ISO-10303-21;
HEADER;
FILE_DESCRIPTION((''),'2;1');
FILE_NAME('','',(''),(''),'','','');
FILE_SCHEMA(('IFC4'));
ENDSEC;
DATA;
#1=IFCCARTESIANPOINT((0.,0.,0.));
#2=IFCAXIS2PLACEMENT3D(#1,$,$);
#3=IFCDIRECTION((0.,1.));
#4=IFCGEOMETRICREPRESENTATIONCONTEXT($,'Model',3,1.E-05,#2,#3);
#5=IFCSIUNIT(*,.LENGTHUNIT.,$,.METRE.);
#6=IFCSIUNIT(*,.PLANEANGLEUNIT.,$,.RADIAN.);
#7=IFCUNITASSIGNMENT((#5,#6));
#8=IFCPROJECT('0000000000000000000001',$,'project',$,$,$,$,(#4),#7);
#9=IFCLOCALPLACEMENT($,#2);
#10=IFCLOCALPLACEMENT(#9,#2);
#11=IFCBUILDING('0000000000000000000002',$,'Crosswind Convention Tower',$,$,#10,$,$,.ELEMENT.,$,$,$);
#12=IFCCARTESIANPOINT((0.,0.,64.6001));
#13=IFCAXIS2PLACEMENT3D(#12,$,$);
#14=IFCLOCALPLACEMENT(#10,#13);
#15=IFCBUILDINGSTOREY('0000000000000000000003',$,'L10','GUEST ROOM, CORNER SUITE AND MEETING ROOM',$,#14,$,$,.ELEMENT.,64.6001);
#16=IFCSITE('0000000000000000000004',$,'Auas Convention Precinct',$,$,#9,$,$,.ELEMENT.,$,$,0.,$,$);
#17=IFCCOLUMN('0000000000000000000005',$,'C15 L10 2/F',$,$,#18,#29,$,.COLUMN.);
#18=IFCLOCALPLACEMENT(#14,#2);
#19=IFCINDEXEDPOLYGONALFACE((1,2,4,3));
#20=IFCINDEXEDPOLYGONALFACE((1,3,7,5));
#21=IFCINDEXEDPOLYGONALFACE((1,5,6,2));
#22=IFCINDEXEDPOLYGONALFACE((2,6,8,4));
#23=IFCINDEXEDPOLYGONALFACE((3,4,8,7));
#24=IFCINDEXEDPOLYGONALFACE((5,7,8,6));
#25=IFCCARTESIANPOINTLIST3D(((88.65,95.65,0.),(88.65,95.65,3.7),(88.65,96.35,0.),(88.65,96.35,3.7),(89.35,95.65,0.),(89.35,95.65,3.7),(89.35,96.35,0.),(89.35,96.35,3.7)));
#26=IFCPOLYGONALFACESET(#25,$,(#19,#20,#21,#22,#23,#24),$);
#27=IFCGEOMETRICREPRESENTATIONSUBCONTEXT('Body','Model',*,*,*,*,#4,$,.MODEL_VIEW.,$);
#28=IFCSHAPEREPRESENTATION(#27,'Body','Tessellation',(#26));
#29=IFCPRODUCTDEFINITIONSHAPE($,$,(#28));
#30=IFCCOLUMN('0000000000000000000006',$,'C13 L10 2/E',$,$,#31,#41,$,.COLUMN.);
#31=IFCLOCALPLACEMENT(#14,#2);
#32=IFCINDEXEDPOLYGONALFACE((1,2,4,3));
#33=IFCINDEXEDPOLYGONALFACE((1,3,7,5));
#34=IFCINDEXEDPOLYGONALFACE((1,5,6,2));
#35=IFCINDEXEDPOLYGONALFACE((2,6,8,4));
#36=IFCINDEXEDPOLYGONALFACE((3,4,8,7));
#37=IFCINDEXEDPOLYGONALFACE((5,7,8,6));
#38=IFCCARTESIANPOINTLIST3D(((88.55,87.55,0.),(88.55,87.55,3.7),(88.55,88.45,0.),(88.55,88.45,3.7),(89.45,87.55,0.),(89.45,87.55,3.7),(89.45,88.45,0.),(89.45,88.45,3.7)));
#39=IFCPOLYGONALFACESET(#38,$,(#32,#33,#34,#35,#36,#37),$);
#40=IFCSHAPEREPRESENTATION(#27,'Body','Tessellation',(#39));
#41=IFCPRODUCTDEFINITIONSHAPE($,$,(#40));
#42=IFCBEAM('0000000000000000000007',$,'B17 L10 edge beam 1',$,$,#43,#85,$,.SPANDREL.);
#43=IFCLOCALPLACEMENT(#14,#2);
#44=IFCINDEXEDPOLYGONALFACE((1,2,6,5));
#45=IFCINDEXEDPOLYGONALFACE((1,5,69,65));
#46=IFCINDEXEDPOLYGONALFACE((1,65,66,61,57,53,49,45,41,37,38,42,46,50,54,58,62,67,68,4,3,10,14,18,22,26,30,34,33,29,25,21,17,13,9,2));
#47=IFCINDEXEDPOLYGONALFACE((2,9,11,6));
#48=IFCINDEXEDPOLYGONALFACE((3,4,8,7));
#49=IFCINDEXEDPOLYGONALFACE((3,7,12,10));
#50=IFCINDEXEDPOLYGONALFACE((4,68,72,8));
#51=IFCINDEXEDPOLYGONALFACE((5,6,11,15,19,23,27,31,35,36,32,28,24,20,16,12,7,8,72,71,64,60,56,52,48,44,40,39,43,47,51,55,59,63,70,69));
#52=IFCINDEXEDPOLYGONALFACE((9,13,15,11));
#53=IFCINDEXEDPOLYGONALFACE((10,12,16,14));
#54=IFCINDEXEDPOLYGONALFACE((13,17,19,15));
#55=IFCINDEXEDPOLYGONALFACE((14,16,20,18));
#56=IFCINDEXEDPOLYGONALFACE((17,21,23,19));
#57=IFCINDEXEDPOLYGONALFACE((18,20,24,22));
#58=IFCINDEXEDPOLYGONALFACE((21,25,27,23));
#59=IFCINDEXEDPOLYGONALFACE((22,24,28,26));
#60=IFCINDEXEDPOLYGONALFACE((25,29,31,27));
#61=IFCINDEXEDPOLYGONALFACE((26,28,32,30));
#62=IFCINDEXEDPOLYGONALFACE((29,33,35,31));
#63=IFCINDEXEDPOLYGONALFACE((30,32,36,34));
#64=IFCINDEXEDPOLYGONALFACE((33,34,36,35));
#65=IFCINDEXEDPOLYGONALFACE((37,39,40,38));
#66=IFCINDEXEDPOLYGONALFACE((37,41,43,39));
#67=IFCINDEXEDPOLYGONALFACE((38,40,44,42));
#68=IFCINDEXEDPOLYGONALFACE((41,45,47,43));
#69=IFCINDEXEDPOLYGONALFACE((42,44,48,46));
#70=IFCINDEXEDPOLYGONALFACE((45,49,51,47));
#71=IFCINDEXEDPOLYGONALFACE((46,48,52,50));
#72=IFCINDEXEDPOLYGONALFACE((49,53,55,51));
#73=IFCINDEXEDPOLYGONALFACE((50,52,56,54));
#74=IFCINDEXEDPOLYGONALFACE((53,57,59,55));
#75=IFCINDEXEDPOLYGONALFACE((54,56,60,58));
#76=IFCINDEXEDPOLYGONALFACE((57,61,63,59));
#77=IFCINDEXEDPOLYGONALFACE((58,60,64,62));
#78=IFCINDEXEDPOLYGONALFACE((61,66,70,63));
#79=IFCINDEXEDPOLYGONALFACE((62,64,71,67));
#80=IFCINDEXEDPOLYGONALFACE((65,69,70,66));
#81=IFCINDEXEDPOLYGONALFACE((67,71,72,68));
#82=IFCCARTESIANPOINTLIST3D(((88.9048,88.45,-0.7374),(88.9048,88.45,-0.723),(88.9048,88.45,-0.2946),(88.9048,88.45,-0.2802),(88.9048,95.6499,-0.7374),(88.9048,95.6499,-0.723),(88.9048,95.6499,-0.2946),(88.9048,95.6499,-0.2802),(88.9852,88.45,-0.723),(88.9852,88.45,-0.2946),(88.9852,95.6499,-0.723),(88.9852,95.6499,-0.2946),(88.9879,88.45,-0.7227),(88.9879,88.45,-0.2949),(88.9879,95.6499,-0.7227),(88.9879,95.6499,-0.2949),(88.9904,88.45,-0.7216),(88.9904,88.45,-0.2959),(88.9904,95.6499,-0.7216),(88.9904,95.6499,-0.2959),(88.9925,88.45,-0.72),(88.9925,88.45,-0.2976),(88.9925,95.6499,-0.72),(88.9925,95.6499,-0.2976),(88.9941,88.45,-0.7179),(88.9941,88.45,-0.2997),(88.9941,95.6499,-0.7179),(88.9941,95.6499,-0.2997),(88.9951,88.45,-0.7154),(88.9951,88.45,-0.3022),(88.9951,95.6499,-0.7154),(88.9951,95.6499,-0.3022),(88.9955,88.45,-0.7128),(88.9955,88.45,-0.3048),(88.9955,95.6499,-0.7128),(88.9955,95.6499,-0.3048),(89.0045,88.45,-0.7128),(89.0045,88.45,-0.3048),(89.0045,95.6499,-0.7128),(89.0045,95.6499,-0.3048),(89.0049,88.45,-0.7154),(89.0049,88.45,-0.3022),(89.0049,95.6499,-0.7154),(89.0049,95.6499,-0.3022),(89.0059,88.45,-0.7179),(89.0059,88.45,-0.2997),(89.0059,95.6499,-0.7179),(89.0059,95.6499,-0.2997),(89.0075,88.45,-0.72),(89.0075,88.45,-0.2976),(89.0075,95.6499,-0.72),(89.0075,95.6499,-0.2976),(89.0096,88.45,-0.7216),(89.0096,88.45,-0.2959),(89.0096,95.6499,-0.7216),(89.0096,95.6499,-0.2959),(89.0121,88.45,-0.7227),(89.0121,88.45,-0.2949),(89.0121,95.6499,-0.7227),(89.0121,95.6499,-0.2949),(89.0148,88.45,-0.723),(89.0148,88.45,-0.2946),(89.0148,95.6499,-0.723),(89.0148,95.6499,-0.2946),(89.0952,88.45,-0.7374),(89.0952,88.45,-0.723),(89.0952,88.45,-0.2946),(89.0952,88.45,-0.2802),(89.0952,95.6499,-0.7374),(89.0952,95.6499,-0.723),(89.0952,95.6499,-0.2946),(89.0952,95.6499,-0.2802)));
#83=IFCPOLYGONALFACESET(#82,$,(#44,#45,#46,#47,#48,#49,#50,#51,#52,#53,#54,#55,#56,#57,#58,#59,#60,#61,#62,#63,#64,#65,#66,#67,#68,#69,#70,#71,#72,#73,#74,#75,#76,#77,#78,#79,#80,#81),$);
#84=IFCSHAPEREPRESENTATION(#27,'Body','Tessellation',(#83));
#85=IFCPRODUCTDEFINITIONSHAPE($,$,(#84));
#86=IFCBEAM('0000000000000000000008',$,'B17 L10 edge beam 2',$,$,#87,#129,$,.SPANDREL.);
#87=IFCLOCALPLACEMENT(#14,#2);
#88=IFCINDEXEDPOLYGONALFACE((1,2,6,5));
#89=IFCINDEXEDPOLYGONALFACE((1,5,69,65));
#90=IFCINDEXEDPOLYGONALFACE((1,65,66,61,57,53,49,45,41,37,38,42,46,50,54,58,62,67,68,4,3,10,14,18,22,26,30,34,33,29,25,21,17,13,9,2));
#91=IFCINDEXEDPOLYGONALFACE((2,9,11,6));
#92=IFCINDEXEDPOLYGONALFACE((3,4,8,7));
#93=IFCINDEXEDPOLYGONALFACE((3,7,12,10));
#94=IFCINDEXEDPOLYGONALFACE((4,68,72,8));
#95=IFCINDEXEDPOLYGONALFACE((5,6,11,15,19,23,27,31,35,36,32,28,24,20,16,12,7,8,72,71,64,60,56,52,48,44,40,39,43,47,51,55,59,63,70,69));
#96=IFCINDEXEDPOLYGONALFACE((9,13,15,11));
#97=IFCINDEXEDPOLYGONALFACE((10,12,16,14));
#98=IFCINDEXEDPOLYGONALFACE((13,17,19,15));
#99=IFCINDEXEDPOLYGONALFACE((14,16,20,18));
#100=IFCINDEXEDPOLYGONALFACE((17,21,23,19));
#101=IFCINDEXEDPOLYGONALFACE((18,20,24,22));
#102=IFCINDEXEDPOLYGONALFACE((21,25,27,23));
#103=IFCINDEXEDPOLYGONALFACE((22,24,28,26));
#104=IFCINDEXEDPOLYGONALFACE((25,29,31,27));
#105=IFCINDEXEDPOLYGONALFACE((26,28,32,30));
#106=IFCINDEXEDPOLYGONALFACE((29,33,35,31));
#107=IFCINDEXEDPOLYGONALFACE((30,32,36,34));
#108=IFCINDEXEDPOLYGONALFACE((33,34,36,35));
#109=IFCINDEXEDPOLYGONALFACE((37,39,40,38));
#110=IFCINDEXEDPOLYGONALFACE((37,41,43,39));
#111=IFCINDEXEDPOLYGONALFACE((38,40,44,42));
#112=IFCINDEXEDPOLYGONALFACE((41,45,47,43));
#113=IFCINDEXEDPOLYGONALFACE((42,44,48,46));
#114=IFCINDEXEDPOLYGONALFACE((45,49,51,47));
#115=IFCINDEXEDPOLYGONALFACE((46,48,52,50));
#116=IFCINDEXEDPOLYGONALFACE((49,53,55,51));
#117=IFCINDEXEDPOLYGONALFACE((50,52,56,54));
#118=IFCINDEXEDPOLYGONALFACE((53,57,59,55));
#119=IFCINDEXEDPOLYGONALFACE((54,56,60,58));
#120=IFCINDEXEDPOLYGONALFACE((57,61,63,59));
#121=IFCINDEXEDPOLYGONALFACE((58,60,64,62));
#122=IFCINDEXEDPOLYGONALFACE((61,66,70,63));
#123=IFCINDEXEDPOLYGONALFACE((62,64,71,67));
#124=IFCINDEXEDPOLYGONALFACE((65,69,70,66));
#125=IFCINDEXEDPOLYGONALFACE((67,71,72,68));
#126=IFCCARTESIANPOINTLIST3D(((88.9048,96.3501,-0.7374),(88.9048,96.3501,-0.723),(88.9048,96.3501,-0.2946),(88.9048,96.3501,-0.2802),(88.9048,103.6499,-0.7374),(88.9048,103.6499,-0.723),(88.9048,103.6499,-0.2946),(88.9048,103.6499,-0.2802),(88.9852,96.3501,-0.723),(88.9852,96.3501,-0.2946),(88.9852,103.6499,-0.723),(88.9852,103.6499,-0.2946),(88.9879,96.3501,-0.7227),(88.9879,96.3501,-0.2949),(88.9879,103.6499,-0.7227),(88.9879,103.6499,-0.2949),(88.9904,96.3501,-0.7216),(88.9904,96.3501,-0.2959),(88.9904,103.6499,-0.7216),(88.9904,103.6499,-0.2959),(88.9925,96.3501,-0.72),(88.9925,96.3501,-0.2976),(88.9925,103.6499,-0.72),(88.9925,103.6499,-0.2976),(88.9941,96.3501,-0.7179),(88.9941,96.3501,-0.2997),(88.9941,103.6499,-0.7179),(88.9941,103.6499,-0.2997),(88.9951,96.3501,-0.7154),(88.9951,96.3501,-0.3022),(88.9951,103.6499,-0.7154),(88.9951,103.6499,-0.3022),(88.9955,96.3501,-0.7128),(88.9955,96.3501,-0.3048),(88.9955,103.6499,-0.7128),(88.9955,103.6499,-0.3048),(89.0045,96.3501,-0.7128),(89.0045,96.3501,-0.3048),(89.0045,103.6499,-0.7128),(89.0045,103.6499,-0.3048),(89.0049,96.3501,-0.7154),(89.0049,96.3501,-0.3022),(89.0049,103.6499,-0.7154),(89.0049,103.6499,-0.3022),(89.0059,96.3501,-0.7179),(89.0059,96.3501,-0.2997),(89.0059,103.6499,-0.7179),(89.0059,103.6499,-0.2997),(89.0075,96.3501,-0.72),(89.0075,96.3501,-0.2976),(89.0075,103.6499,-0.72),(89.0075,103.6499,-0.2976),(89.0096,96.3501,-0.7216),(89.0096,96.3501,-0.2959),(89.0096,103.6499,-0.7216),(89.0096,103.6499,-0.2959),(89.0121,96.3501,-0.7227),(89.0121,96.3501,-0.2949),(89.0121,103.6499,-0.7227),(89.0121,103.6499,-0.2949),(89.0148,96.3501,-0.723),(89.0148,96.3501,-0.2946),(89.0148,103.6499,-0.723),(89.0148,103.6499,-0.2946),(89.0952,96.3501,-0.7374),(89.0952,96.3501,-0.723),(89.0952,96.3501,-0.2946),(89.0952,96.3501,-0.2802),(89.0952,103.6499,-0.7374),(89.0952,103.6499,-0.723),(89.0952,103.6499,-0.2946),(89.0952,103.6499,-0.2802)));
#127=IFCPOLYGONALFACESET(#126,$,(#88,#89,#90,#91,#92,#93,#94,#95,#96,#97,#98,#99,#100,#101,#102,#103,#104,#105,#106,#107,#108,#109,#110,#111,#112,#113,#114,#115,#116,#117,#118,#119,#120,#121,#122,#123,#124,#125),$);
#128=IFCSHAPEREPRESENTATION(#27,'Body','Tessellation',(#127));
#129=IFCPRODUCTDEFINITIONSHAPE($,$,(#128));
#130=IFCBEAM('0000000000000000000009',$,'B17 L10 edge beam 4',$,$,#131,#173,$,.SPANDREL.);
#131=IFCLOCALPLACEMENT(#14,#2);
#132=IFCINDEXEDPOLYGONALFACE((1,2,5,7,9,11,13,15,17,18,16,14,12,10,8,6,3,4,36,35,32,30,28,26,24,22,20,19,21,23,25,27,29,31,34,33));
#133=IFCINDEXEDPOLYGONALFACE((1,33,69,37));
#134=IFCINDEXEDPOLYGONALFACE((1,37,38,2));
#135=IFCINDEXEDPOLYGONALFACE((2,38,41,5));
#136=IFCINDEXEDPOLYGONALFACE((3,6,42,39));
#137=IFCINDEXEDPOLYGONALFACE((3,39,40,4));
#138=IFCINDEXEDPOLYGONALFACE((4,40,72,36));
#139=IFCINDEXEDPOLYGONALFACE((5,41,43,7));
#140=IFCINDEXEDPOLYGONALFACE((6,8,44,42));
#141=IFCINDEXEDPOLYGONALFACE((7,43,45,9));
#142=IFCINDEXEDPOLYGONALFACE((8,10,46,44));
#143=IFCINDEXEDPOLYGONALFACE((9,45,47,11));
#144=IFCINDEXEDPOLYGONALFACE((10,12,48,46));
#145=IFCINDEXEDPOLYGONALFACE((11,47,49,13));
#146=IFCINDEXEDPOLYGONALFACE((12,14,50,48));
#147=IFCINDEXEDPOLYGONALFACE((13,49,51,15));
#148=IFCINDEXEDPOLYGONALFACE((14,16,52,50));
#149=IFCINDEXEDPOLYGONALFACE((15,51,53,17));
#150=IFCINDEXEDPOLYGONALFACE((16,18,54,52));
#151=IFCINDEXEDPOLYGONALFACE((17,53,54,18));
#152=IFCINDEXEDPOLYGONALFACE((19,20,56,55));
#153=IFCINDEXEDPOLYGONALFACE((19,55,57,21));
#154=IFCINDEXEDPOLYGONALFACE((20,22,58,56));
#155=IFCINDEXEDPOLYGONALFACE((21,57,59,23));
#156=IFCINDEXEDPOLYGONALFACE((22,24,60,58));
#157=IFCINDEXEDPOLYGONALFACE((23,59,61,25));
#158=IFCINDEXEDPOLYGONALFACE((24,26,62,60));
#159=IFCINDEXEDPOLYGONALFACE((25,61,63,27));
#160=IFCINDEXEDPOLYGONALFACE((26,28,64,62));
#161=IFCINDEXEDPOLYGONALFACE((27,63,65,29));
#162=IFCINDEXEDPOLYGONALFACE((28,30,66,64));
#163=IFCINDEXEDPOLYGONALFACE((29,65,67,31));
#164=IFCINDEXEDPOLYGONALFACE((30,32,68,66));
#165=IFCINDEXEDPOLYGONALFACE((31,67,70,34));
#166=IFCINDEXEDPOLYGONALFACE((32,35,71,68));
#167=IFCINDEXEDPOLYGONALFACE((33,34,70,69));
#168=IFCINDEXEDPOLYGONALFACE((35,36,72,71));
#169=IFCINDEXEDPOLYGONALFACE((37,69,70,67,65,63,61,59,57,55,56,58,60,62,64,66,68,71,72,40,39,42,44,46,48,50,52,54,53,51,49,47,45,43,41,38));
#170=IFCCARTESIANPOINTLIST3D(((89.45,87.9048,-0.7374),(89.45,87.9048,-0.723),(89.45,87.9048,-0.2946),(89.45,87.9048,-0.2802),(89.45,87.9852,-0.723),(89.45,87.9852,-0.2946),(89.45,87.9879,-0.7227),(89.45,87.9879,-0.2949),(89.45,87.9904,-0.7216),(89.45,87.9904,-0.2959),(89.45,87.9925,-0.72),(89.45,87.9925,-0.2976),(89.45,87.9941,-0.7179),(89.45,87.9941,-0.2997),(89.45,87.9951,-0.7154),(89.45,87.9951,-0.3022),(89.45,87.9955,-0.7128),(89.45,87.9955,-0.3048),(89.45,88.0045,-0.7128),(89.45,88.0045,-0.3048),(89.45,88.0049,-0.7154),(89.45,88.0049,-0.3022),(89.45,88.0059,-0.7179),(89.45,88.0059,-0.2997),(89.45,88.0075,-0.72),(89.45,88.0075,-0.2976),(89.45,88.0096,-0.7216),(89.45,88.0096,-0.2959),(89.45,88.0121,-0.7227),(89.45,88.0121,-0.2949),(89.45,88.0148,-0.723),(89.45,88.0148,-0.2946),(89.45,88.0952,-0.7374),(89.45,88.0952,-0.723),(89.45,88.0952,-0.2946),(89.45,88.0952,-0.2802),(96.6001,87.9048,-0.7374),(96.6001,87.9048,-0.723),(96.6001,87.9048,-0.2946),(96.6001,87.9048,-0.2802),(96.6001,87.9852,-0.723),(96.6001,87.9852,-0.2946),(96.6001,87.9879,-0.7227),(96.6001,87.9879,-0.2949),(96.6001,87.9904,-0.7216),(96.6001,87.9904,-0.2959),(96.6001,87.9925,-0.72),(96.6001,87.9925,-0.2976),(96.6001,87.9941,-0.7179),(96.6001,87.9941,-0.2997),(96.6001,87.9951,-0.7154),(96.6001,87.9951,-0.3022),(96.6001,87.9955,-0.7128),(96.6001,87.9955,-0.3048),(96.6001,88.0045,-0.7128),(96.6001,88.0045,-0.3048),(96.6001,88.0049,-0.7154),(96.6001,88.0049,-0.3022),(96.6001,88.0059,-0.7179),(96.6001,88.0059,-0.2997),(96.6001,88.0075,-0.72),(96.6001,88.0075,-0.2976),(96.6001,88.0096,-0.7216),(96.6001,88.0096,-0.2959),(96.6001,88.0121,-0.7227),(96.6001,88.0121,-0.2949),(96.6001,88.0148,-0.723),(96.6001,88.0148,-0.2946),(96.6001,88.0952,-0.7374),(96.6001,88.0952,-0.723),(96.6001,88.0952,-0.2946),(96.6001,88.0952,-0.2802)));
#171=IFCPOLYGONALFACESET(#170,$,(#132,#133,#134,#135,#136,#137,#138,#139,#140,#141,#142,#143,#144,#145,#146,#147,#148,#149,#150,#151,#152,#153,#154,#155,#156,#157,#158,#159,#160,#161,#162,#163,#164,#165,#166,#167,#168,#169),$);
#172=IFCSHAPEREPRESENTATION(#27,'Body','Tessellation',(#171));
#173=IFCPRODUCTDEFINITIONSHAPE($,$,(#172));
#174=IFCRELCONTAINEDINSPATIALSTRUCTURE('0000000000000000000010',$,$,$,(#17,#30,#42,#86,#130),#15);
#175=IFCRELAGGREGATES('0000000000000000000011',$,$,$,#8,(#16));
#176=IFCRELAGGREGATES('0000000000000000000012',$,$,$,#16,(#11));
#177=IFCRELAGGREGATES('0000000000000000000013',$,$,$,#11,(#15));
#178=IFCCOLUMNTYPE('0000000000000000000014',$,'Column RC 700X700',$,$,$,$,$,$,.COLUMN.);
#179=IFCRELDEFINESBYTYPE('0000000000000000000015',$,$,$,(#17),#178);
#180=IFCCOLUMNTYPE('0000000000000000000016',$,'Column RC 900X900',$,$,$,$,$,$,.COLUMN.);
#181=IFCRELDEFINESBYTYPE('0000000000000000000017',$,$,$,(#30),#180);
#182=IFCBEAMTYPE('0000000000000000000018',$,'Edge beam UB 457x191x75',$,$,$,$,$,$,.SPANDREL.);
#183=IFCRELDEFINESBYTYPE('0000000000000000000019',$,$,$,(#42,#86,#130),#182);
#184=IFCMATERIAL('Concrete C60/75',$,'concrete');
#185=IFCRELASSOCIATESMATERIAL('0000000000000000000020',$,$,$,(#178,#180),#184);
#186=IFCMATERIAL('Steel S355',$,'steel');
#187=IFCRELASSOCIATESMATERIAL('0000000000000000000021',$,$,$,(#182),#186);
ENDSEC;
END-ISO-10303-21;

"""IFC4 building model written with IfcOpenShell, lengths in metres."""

from ifc_helpers import new_model, si_unit, direction, frame, origin, origin_2d, place, context, subcontext, project, spatial, rectangle, i_section, extrude, material, material_profile, profile_set, type_object, element, save


model = new_model("IFC4")

# Units and contexts
model_context = context("Model", 3, precision=1e-05, world=origin(), true_north=direction((0.0, 1.0)))
body_context = subcontext(model_context, "Body", "Model", "MODEL_VIEW")
ifc_project = project(units=[si_unit("LENGTHUNIT", "METRE"), si_unit("PLANEANGLEUNIT", "RADIAN")], contexts=[model_context])

# Site, building, storey
site_placement = place(None, origin())
site = spatial("IfcSite", under=ifc_project, at=site_placement, Name="Auas Convention Precinct", CompositionType="ELEMENT", RefElevation=0.0)
building_placement = place(site_placement, origin())
building = spatial("IfcBuilding", under=site, at=building_placement, Name="Crosswind Convention Tower", CompositionType="ELEMENT")
storey_placement = place(building_placement, frame((0.0, 0.0, 64.6001)))
storey = spatial("IfcBuildingStorey", under=building, at=storey_placement, Name="L10", Description="GUEST ROOM, CORNER SUITE AND MEETING ROOM", CompositionType="ELEMENT", Elevation=64.6001)

# Columns
ifc_material_1 = material(Name="Concrete C60/75", Category="concrete")
ifc_material_profile_1 = material_profile(ifc_material_1, rectangle(XDim=0.7, YDim=0.7, at=origin_2d()), Name="RC 700X700")
ifc_profile_set_1 = profile_set([ifc_material_profile_1], Name="Concrete C60/75")
column_type_1 = type_object("IfcColumnType", Name="Column RC 700X700", PredefinedType="COLUMN", material=ifc_profile_set_1)
column_1_placement = place(storey_placement, frame((89.0, 96.0, 0.0), z_axis=(0.0, 0.0, 1.0), x_axis=(1.0, 0.0, 0.0)))
element("IfcColumn", 1, at=column_1_placement, inside=storey, type_object=column_type_1, Name="C15 L10 2/F", PredefinedType="COLUMN", context=body_context, shape_type="SweptSolid", body=[
    extrude(rectangle(XDim=0.7, YDim=0.7, at=origin_2d()), origin(), (0.0, 0.0, 1.0), 3.7),
])
ifc_material_profile_2 = material_profile(ifc_material_1, rectangle(XDim=0.8999, YDim=0.8999, at=origin_2d()), Name="RC 900X900")
ifc_profile_set_2 = profile_set([ifc_material_profile_2], Name="Concrete C60/75")
column_type_2 = type_object("IfcColumnType", Name="Column RC 900X900", PredefinedType="COLUMN", material=ifc_profile_set_2)
column_2_placement = place(storey_placement, frame((89.0, 88.0, 0.0), z_axis=(0.0, 0.0, 1.0), x_axis=(1.0, 0.0, 0.0)))
element("IfcColumn", 2, at=column_2_placement, inside=storey, type_object=column_type_2, Name="C13 L10 2/E", PredefinedType="COLUMN", context=body_context, shape_type="SweptSolid", body=[
    extrude(rectangle(XDim=0.8999, YDim=0.8999, at=origin_2d()), origin(), (0.0, 0.0, 1.0), 3.7),
])

# Beams
ifc_material_2 = material(Name="Steel S355", Category="steel")
ifc_material_profile_3 = material_profile(ifc_material_2, i_section(OverallWidth=0.1904, OverallDepth=0.4573, WebThickness=0.009, FlangeThickness=0.0144, FilletRadius=0.0103, at=origin_2d()), Name="UB 457x191x75")
ifc_profile_set_3 = profile_set([ifc_material_profile_3], Name="Steel S355")
beam_type_1 = type_object("IfcBeamType", Name="Edge beam UB 457x191x75", PredefinedType="SPANDREL", material=ifc_profile_set_3)
beam_1_placement = place(storey_placement, frame((89.0, 88.45, -0.5088), z_axis=(0.0, 1.0, 0.0), x_axis=(-1.0, 0.0, 0.0)))
element("IfcBeam", 3, at=beam_1_placement, inside=storey, type_object=beam_type_1, Name="B17 L10 edge beam 1", PredefinedType="SPANDREL", context=body_context, shape_type="SweptSolid", body=[
    extrude(i_section(OverallWidth=0.1904, OverallDepth=0.4573, WebThickness=0.009, FlangeThickness=0.0144, FilletRadius=0.0103, at=origin_2d()), origin(), (0.0, 0.0, 1.0), 7.2),
])
beam_2_placement = place(storey_placement, frame((89.0, 96.3501, -0.5088), z_axis=(0.0, 1.0, 0.0), x_axis=(-1.0, 0.0, 0.0)))
element("IfcBeam", 4, at=beam_2_placement, inside=storey, type_object=beam_type_1, Name="B17 L10 edge beam 2", PredefinedType="SPANDREL", context=body_context, shape_type="SweptSolid", body=[
    extrude(i_section(OverallWidth=0.1904, OverallDepth=0.4573, WebThickness=0.009, FlangeThickness=0.0144, FilletRadius=0.0103, at=origin_2d()), origin(), (0.0, 0.0, 1.0), 7.2998),
])
beam_3_placement = place(storey_placement, frame((89.45, 88.0, -0.5088), z_axis=(1.0, 0.0, 0.0), x_axis=(0.0, 1.0, 0.0)))
element("IfcBeam", 5, at=beam_3_placement, inside=storey, type_object=beam_type_1, Name="B17 L10 edge beam 4", PredefinedType="SPANDREL", context=body_context, shape_type="SweptSolid", body=[
    extrude(i_section(OverallWidth=0.1904, OverallDepth=0.4573, WebThickness=0.009, FlangeThickness=0.0144, FilletRadius=0.0103, at=origin_2d()), origin(), (0.0, 0.0, 1.0), 7.1501),
])

save(model, "model.ifc")
